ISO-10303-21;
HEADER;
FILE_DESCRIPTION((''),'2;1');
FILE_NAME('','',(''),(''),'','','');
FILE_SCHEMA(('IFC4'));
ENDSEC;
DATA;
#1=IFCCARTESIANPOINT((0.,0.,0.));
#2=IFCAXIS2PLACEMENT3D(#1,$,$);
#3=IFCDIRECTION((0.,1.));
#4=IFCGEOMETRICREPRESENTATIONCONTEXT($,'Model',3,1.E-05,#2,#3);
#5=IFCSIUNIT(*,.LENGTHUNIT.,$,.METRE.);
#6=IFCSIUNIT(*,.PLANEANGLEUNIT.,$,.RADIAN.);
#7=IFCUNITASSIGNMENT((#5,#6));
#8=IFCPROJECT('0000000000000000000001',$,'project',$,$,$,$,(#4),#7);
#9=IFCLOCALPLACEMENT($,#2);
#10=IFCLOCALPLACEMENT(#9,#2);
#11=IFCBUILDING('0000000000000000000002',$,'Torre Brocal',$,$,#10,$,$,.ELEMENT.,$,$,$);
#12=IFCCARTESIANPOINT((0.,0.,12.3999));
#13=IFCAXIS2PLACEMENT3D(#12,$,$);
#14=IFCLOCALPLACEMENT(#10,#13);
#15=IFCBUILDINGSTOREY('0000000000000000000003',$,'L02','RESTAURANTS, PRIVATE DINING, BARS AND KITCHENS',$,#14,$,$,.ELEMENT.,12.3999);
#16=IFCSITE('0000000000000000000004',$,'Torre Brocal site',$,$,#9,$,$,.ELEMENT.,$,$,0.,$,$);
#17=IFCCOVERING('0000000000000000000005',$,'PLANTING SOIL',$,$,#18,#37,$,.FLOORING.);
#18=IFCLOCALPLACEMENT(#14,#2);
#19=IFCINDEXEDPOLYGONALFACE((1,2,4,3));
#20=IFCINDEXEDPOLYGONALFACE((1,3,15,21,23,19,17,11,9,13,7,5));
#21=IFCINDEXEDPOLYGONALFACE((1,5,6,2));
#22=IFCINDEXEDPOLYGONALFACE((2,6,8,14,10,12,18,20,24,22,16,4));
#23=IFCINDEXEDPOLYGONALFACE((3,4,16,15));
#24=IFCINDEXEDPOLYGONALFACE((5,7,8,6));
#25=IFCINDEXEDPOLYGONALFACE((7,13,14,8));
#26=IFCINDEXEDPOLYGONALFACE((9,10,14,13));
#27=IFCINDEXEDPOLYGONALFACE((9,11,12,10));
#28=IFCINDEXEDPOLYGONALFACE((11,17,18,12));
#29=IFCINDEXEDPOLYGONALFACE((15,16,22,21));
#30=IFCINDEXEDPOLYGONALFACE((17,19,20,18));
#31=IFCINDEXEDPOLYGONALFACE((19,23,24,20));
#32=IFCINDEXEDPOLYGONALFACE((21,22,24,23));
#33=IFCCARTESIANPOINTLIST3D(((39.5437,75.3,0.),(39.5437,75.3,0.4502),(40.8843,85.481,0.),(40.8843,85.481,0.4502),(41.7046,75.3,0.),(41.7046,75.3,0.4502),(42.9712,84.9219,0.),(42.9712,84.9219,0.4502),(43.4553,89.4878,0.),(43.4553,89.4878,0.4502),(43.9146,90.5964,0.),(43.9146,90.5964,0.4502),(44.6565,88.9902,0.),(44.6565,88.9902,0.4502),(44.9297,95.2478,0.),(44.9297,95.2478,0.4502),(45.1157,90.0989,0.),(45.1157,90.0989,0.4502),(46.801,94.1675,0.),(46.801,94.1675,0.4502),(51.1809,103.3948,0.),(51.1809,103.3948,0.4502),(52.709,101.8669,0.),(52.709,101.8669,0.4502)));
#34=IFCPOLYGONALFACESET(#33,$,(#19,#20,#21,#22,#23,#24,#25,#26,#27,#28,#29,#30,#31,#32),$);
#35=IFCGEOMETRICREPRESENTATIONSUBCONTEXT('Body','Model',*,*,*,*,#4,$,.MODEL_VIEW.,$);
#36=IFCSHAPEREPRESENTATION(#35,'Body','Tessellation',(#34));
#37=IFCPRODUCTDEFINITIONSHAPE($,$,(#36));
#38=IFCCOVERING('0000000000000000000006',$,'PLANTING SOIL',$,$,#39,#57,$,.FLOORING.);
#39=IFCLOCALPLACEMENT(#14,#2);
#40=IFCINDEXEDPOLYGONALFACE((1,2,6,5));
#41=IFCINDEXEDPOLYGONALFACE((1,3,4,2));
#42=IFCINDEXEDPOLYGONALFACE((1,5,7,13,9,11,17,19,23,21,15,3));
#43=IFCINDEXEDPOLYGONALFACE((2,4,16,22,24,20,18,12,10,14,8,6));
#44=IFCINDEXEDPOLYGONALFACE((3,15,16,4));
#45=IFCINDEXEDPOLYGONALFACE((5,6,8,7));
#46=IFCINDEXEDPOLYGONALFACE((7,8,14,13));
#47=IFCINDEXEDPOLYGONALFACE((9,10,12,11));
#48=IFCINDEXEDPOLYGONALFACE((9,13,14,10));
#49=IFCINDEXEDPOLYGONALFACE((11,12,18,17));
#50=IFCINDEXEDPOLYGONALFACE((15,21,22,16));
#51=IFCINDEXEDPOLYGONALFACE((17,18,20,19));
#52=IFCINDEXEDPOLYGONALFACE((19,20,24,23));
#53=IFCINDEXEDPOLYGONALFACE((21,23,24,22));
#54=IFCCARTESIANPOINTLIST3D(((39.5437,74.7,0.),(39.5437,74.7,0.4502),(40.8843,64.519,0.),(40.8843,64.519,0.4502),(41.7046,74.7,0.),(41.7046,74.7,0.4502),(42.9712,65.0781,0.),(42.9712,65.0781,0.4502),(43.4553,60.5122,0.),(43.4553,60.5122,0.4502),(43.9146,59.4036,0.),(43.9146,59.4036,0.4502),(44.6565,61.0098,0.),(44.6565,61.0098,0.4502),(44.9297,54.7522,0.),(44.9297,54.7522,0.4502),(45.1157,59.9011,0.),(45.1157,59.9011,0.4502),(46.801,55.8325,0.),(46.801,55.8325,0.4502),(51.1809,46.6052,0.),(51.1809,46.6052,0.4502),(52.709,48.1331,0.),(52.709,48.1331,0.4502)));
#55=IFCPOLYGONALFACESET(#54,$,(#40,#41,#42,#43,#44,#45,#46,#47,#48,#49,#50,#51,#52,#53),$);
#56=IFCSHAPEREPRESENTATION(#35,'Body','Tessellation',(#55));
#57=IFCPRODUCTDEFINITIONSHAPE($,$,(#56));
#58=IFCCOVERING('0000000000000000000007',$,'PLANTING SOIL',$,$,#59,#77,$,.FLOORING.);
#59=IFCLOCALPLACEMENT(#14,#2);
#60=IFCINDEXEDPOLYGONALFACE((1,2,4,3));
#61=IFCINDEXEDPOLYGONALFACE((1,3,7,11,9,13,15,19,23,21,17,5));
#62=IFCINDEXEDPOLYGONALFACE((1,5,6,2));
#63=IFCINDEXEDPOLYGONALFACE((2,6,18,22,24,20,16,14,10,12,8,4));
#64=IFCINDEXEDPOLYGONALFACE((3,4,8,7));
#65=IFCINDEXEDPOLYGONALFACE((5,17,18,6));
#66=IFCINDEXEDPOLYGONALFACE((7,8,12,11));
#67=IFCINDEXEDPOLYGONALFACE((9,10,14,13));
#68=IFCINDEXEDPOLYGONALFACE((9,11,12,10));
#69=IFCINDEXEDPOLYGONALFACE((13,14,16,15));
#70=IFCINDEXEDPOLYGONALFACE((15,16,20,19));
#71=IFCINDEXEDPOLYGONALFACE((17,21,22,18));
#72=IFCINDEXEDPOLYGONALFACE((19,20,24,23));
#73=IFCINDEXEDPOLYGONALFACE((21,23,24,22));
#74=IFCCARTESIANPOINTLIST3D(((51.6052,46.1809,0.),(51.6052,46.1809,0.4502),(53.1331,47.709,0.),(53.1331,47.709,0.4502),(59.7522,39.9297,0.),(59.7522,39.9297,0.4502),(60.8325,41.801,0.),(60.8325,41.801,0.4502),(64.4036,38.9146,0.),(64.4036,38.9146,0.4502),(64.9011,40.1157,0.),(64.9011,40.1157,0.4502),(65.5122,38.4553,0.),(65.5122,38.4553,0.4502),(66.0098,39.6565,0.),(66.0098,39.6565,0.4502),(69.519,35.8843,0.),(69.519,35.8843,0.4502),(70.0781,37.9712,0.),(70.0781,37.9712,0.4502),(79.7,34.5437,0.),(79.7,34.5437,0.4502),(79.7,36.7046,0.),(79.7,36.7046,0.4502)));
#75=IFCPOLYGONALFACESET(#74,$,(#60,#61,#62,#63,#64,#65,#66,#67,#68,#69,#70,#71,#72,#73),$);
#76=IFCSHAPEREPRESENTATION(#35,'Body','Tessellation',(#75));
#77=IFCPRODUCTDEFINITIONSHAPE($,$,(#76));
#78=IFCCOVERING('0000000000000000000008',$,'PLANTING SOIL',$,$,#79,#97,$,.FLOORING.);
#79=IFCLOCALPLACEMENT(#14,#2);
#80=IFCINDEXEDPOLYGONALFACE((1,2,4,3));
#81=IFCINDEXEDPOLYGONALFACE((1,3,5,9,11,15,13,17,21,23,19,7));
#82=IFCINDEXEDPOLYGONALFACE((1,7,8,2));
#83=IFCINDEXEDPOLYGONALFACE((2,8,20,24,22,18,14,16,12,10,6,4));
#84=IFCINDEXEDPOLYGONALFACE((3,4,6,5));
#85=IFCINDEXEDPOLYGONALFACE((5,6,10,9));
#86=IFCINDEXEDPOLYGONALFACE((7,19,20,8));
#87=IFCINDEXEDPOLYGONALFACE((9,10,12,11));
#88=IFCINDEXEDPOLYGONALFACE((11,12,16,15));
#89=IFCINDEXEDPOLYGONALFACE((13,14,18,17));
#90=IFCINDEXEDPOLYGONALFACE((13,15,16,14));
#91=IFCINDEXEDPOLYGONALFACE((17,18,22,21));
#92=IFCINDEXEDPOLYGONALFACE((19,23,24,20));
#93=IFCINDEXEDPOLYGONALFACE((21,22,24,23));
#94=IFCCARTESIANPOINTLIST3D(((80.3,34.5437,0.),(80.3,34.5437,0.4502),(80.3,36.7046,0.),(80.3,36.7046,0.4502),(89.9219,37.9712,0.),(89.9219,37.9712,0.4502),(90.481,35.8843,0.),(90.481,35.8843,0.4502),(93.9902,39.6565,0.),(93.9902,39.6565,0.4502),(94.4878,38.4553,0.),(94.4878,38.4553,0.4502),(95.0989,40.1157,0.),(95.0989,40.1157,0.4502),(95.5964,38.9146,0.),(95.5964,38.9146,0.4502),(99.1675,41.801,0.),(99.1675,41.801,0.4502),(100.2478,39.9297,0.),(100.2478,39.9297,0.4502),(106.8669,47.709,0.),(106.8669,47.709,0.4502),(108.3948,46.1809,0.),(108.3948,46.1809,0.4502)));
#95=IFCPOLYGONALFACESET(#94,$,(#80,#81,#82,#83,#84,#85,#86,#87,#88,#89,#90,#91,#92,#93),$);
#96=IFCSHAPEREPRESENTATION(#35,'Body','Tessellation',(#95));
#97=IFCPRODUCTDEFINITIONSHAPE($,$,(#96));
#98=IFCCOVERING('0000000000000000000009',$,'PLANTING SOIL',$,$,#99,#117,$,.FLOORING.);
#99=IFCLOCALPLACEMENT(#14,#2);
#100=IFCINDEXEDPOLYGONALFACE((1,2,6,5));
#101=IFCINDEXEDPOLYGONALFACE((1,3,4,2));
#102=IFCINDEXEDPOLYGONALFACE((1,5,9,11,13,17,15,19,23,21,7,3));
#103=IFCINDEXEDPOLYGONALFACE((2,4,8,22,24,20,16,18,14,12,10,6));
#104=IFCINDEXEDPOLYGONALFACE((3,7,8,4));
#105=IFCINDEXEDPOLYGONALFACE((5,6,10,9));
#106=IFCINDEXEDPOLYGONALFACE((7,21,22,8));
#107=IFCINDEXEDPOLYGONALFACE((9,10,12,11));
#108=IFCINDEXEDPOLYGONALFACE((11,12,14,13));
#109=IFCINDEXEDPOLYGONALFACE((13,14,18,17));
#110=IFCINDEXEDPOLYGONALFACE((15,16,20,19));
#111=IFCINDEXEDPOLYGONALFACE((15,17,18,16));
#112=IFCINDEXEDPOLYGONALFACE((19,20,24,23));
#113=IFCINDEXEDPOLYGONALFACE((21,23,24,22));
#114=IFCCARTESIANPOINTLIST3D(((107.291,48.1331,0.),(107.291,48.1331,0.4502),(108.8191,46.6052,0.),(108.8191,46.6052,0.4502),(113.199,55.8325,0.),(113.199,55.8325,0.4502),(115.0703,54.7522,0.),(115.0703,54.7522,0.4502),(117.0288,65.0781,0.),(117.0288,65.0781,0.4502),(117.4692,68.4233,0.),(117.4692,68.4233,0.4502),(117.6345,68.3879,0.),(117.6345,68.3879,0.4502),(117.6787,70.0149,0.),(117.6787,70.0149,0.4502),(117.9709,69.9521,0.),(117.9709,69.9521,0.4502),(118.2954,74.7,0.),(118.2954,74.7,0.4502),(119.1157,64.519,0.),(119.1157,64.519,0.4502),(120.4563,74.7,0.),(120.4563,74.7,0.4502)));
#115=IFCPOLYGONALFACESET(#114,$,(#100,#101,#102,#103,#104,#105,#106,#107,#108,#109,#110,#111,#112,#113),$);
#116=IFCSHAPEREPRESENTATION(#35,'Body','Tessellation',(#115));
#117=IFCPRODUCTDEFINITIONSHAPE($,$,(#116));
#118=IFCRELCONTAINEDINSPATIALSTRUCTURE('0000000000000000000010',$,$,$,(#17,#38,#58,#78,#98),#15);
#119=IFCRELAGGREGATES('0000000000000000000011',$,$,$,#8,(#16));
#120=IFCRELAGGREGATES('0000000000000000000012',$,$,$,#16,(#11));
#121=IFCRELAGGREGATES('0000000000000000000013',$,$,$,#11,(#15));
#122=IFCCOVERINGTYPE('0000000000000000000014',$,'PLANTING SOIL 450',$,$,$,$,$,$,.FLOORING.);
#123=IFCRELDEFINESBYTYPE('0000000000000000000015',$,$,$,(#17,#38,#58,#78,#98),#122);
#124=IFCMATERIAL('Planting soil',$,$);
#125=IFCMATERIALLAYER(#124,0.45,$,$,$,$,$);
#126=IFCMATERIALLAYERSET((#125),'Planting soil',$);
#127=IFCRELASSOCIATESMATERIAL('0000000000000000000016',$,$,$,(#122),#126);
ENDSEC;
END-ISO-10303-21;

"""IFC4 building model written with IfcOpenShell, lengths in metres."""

from ifc_helpers import new_model, si_unit, direction, frame, origin, place, context, subcontext, project, spatial, polyline, outline, extrude, material, layer, layer_set, type_object, element, save


model = new_model("IFC4")

# Units and contexts
model_context = context("Model", 3, precision=1e-05, world=origin(), true_north=direction((0.0, 1.0)))
body_context = subcontext(model_context, "Body", "Model", "MODEL_VIEW")
ifc_project = project(units=[si_unit("LENGTHUNIT", "METRE"), si_unit("PLANEANGLEUNIT", "RADIAN")], contexts=[model_context])

# Site, building, storey
site_placement = place(None, origin())
site = spatial("IfcSite", under=ifc_project, at=site_placement, Name="Torre Brocal site", CompositionType="ELEMENT", RefElevation=0.0)
building_placement = place(site_placement, origin())
building = spatial("IfcBuilding", under=site, at=building_placement, Name="Torre Brocal", CompositionType="ELEMENT")
storey_placement = place(building_placement, frame((0.0, 0.0, 12.3999)))
storey = spatial("IfcBuildingStorey", under=building, at=storey_placement, Name="L02", Description="RESTAURANTS, PRIVATE DINING, BARS AND KITCHENS", CompositionType="ELEMENT", Elevation=12.3999)

# Coverings
ifc_material_1 = material(Name="Planting soil")
ifc_layer_1 = layer(ifc_material_1, 0.45)
ifc_layer_set_1 = layer_set([ifc_layer_1], Name="Planting soil")
covering_type = type_object("IfcCoveringType", Name="PLANTING SOIL 450", PredefinedType="FLOORING", material=ifc_layer_set_1)
covering_1_placement = place(storey_placement, origin())
element("IfcCovering", 1, at=covering_1_placement, inside=storey, type_object=covering_type, Name="PLANTING SOIL", PredefinedType="FLOORING", context=body_context, shape_type="SweptSolid", body=[
    extrude(outline(polyline([(51.1809, 103.3948), (52.709, 101.8669), (46.801, 94.1675), (45.1157, 90.0989), (43.9146, 90.5964), (43.4553, 89.4878), (44.6565, 88.9902), (42.9712, 84.9219), (41.7046, 75.3), (39.5437, 75.3), (40.8843, 85.481), (44.9297, 95.2478), (51.1809, 103.3948)])), origin(), (0.0, 0.0, 1.0), 0.4502),
])
covering_2_placement = place(storey_placement, origin())
element("IfcCovering", 2, at=covering_2_placement, inside=storey, type_object=covering_type, Name="PLANTING SOIL", PredefinedType="FLOORING", context=body_context, shape_type="SweptSolid", body=[
    extrude(outline(polyline([(39.5437, 74.7), (41.7046, 74.7), (42.9712, 65.0781), (44.6565, 61.0098), (43.4553, 60.5122), (43.9146, 59.4036), (45.1157, 59.9011), (46.801, 55.8325), (52.709, 48.1331), (51.1809, 46.6052), (44.9297, 54.7522), (40.8843, 64.519), (39.5437, 74.7)])), origin(), (0.0, 0.0, 1.0), 0.4502),
])
covering_3_placement = place(storey_placement, origin())
element("IfcCovering", 3, at=covering_3_placement, inside=storey, type_object=covering_type, Name="PLANTING SOIL", PredefinedType="FLOORING", context=body_context, shape_type="SweptSolid", body=[
    extrude(outline(polyline([(60.8325, 41.801), (64.9011, 40.1157), (64.4036, 38.9146), (65.5122, 38.4553), (66.0098, 39.6565), (70.0781, 37.9712), (79.7, 36.7046), (79.7, 34.5437), (69.519, 35.8843), (59.7522, 39.9297), (51.6052, 46.1809), (53.1331, 47.709), (60.8325, 41.801)])), origin(), (0.0, 0.0, 1.0), 0.4502),
])
covering_4_placement = place(storey_placement, origin())
element("IfcCovering", 4, at=covering_4_placement, inside=storey, type_object=covering_type, Name="PLANTING SOIL", PredefinedType="FLOORING", context=body_context, shape_type="SweptSolid", body=[
    extrude(outline(polyline([(89.9219, 37.9712), (93.9902, 39.6565), (94.4878, 38.4553), (95.5964, 38.9146), (95.0989, 40.1157), (99.1675, 41.801), (106.8669, 47.709), (108.3948, 46.1809), (100.2478, 39.9297), (90.481, 35.8843), (80.3, 34.5437), (80.3, 36.7046), (89.9219, 37.9712)])), origin(), (0.0, 0.0, 1.0), 0.4502),
])
covering_5_placement = place(storey_placement, origin())
element("IfcCovering", 5, at=covering_5_placement, inside=storey, type_object=covering_type, Name="PLANTING SOIL", PredefinedType="FLOORING", context=body_context, shape_type="SweptSolid", body=[
    extrude(outline(polyline([(113.199, 55.8325), (117.0288, 65.0781), (117.4692, 68.4233), (117.6345, 68.3879), (117.9709, 69.9521), (117.6787, 70.0149), (118.2954, 74.7), (120.4563, 74.7), (119.1157, 64.519), (115.0703, 54.7522), (108.8191, 46.6052), (107.291, 48.1331), (113.199, 55.8325)])), origin(), (0.0, 0.0, 1.0), 0.4502),
])

save(model, "model.ifc")
